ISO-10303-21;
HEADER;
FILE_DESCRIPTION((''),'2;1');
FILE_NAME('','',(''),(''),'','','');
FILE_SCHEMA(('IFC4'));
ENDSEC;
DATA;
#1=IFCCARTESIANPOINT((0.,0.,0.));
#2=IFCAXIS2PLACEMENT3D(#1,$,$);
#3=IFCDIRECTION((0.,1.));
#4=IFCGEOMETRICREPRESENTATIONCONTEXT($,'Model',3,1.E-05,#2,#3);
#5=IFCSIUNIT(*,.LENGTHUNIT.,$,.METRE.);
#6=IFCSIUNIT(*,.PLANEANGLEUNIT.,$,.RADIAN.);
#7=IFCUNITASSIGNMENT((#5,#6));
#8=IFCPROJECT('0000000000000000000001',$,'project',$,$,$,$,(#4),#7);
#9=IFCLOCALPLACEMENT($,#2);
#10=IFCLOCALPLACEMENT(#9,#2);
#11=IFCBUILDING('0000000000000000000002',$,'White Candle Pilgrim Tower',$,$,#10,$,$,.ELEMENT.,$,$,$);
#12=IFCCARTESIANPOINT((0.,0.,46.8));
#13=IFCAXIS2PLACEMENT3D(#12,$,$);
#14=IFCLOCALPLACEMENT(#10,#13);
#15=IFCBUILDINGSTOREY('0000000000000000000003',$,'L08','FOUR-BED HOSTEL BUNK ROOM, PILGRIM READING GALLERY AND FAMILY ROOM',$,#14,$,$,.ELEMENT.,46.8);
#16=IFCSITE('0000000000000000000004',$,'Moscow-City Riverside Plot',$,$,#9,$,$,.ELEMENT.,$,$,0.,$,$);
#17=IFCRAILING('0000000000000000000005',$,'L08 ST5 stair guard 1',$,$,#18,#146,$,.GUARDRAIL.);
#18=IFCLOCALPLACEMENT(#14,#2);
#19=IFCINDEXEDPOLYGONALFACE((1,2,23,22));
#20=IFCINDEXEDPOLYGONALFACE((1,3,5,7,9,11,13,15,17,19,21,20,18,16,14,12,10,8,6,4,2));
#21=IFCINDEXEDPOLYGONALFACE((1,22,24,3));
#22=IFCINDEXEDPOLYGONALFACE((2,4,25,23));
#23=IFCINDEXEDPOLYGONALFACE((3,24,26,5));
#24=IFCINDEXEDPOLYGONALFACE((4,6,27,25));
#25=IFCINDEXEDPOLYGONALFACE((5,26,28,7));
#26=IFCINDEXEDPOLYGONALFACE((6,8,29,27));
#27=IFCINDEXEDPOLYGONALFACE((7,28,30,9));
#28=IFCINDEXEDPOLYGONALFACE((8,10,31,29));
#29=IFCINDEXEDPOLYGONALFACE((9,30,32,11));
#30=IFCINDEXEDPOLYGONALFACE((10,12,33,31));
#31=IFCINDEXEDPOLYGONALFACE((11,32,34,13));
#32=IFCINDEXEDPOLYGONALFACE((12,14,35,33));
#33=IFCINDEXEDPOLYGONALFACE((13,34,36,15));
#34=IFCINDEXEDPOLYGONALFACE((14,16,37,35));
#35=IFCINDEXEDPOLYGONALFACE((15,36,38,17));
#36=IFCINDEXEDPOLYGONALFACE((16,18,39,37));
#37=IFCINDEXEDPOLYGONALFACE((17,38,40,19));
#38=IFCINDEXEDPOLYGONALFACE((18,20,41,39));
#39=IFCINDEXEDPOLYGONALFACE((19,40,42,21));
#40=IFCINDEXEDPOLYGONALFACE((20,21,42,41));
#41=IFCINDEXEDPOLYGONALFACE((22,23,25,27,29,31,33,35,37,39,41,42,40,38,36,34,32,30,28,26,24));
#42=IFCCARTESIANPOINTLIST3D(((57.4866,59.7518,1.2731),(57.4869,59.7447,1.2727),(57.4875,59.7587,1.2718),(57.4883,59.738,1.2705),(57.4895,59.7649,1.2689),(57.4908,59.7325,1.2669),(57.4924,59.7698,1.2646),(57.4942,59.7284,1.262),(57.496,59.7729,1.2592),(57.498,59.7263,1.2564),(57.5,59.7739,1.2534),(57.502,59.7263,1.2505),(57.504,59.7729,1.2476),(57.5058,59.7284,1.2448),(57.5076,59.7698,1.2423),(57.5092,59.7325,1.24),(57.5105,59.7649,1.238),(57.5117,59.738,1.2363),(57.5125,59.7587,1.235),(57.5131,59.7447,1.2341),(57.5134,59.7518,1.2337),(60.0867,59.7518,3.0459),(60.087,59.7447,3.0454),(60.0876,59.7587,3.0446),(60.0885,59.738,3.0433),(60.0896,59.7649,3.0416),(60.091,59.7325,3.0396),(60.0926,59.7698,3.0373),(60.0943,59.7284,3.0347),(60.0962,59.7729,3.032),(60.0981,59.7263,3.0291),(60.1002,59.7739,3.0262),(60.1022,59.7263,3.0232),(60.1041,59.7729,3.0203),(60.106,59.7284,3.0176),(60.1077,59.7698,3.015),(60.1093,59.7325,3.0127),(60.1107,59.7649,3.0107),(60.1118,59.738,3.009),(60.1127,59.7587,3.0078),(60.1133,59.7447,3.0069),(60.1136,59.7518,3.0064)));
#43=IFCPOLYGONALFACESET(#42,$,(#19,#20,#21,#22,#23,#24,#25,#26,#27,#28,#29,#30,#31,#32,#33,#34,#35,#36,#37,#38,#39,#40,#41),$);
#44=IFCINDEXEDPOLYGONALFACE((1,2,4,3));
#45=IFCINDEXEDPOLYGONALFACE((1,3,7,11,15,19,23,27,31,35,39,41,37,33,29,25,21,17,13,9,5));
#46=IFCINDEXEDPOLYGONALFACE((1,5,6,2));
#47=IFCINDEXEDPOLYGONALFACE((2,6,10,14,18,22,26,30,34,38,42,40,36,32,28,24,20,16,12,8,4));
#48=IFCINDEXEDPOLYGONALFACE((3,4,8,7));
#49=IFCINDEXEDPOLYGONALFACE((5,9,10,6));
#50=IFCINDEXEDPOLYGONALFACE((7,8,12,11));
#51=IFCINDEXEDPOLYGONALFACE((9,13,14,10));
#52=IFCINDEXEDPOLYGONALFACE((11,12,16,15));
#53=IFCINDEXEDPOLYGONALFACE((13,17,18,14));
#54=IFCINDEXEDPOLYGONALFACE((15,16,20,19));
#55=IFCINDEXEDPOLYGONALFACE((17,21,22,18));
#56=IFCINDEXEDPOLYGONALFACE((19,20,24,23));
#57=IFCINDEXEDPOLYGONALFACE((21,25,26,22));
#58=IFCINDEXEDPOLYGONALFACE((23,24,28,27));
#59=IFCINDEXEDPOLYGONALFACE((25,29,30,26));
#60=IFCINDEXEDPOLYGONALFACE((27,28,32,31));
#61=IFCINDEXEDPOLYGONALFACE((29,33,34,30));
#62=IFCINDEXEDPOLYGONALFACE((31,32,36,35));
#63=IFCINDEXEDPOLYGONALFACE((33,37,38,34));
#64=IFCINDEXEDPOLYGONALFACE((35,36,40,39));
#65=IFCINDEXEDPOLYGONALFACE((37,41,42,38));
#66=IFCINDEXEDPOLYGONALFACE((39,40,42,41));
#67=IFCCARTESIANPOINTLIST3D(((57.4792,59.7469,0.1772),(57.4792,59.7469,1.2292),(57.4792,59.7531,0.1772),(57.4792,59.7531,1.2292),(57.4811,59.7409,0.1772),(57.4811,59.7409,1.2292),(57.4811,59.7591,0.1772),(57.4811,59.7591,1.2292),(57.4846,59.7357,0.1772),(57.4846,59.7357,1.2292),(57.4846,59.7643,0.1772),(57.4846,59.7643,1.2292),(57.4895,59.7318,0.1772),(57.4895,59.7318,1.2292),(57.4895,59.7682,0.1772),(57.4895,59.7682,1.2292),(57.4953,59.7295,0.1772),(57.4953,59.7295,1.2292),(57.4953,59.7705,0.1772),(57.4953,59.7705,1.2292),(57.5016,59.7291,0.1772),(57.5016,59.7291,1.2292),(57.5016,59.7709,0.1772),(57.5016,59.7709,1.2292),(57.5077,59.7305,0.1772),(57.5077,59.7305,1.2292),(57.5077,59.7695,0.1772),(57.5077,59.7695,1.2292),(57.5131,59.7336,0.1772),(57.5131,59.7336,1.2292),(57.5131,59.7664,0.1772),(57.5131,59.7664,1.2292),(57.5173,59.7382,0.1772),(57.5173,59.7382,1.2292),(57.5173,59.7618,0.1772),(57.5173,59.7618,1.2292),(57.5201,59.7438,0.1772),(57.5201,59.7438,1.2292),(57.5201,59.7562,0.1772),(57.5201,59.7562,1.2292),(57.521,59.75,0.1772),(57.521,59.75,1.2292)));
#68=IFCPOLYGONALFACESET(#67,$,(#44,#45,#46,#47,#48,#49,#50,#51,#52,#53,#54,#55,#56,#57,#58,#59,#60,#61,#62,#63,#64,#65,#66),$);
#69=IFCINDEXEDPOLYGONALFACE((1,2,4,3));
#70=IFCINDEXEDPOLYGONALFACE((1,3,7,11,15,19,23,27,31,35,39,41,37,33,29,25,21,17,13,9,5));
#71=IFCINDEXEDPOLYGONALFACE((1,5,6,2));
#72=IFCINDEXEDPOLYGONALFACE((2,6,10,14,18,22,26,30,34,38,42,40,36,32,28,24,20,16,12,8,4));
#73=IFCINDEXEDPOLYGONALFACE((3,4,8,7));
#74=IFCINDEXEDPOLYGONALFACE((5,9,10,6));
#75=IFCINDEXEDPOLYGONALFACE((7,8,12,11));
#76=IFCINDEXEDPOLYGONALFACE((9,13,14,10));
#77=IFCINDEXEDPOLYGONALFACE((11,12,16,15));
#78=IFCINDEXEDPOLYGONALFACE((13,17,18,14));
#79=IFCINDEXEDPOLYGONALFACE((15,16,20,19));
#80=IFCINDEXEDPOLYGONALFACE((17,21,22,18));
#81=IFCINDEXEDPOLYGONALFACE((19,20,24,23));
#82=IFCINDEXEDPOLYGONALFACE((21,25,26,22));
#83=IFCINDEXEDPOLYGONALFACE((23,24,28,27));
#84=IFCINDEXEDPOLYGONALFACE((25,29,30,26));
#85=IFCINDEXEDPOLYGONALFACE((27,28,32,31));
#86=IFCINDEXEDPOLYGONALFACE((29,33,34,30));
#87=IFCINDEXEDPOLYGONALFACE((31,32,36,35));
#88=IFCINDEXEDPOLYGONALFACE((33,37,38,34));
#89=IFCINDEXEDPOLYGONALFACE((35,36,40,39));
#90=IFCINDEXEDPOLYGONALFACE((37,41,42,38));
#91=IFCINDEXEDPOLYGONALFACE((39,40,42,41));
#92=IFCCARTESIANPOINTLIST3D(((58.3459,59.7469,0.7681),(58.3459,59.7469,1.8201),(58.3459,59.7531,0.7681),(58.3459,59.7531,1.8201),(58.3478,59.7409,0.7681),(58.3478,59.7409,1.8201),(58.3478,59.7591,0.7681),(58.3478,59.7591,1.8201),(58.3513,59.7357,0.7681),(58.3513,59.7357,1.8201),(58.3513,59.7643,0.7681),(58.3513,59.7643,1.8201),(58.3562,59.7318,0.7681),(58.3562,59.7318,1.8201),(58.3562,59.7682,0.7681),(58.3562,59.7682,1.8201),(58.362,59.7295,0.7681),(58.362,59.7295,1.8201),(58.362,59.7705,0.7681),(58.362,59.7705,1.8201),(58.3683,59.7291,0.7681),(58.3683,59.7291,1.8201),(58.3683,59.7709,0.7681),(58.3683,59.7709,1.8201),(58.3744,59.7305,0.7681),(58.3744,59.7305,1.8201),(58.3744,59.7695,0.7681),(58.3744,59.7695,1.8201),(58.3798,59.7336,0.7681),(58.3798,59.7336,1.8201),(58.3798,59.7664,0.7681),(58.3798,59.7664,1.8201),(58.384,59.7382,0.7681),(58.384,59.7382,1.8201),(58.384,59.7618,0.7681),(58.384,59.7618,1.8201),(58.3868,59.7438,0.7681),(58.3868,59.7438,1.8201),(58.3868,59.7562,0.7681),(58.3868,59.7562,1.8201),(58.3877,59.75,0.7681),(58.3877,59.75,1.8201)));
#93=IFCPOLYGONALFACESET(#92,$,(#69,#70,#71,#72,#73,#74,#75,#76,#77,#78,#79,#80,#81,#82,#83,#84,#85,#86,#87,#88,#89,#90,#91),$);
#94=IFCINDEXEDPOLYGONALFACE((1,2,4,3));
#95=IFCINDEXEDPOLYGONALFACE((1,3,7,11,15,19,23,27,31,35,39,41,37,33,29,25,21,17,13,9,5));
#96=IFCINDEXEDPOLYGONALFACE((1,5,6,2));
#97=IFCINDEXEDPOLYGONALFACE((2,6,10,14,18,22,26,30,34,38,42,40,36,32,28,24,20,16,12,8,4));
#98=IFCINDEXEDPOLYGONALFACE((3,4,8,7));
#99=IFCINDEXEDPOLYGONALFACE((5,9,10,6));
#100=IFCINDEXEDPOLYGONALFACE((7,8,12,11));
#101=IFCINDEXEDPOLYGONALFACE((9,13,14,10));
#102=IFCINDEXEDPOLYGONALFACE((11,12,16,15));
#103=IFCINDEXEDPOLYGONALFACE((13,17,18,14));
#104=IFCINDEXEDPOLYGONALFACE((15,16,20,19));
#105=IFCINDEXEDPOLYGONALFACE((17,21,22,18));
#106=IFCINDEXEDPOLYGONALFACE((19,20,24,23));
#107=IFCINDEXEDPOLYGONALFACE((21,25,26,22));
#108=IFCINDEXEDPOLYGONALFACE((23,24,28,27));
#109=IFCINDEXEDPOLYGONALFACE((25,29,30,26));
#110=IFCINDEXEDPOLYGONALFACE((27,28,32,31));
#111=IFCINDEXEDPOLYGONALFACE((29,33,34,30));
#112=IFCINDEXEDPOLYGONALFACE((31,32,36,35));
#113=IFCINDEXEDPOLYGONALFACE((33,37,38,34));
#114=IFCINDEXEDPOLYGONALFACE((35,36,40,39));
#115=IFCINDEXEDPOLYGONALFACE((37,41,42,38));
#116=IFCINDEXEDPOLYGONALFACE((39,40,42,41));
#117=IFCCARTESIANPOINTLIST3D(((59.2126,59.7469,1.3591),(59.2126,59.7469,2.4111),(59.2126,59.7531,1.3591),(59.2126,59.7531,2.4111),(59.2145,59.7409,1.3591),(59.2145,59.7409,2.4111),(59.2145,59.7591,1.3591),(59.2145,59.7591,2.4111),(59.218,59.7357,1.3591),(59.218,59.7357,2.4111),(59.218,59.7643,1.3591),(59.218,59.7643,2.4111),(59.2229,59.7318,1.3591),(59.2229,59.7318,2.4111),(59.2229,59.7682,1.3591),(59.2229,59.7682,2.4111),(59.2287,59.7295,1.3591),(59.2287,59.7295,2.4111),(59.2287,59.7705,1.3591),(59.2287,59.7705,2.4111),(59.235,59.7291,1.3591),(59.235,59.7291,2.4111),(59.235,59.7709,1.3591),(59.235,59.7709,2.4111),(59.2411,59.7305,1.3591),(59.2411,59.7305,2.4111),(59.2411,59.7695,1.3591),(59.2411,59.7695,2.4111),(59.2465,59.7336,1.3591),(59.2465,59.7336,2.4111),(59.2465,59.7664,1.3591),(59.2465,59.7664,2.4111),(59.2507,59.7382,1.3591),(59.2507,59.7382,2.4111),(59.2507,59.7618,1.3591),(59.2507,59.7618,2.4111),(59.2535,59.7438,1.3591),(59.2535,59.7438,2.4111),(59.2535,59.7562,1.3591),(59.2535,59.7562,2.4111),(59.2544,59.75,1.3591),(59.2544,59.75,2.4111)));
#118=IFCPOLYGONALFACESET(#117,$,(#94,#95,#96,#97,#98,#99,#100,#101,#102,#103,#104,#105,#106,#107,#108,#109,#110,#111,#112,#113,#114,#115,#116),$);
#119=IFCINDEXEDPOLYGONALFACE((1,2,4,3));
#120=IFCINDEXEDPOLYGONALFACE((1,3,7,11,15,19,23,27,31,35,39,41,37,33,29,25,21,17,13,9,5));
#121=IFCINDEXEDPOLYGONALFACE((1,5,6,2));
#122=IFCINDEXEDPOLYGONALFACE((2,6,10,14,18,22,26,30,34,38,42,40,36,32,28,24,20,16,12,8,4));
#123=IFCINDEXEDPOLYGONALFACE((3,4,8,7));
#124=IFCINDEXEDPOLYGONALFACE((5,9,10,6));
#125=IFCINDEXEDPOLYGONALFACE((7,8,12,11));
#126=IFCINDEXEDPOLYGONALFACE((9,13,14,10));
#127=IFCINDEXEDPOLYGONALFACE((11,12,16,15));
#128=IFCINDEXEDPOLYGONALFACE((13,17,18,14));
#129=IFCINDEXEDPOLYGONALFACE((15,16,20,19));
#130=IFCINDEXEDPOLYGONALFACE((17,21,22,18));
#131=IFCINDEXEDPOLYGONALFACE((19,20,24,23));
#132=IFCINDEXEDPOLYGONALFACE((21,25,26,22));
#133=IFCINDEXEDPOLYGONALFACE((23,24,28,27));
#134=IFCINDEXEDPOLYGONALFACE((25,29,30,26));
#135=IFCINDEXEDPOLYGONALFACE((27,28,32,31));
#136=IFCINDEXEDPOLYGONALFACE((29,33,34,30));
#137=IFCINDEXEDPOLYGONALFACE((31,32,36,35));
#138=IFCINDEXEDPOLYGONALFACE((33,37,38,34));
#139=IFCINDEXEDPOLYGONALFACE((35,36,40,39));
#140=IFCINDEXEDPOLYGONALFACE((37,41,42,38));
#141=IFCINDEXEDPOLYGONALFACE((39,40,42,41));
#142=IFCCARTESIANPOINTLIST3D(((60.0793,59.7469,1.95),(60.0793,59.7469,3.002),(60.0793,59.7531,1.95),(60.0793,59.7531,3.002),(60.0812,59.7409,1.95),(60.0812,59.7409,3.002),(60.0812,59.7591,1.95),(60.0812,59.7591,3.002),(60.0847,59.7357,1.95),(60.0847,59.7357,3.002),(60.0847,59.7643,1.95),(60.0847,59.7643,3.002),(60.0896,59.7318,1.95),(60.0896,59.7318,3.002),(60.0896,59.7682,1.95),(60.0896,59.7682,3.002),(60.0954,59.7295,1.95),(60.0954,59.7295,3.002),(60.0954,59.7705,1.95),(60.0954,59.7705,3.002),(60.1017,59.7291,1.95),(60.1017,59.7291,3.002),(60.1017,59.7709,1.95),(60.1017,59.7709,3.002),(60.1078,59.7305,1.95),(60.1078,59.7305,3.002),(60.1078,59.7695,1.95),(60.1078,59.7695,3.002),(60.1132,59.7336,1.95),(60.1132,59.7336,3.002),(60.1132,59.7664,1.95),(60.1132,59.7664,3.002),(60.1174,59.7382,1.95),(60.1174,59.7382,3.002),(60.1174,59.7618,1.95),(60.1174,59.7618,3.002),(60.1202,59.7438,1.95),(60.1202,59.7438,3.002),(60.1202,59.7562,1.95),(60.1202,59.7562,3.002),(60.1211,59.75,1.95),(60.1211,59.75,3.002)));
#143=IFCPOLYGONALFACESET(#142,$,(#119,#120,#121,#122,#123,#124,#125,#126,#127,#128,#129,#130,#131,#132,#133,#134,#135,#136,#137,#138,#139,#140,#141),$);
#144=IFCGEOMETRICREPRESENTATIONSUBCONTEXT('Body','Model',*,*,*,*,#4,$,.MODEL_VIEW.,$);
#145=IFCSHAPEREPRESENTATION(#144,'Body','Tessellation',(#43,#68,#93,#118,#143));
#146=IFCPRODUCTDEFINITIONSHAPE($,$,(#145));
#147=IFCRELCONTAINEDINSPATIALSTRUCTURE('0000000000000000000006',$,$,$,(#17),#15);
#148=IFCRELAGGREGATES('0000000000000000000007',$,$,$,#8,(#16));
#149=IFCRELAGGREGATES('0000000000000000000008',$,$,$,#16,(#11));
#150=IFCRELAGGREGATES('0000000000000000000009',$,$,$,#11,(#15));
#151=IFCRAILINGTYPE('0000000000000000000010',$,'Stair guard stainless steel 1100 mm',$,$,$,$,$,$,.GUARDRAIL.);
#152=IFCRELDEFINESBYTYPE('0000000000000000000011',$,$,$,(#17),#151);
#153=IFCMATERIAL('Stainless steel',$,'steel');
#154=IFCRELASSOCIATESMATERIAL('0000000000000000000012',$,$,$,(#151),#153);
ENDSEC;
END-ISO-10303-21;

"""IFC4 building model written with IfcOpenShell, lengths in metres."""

from ifc_helpers import new_model, si_unit, direction, frame, origin, origin_2d, place, context, subcontext, project, spatial, circle, extrude, material, type_object, element, save


model = new_model("IFC4")

# Units and contexts
model_context = context("Model", 3, precision=1e-05, world=origin(), true_north=direction((0.0, 1.0)))
body_context = subcontext(model_context, "Body", "Model", "MODEL_VIEW")
ifc_project = project(units=[si_unit("LENGTHUNIT", "METRE"), si_unit("PLANEANGLEUNIT", "RADIAN")], contexts=[model_context])

# Site, building, storey
site_placement = place(None, origin())
site = spatial("IfcSite", under=ifc_project, at=site_placement, Name="Moscow-City Riverside Plot", CompositionType="ELEMENT", RefElevation=0.0)
building_placement = place(site_placement, origin())
building = spatial("IfcBuilding", under=site, at=building_placement, Name="White Candle Pilgrim Tower", CompositionType="ELEMENT")
storey_placement = place(building_placement, frame((0.0, 0.0, 46.8)))
storey = spatial("IfcBuildingStorey", under=building, at=storey_placement, Name="L08", Description="FOUR-BED HOSTEL BUNK ROOM, PILGRIM READING GALLERY AND FAMILY ROOM", CompositionType="ELEMENT", Elevation=46.8)

# Railing
ifc_material_1 = material(Name="Stainless steel", Category="steel")
railing_type_1 = type_object("IfcRailingType", Name="Stair guard stainless steel 1100 mm", PredefinedType="GUARDRAIL", material=ifc_material_1)
railing_1_placement = place(storey_placement, frame((57.5, 59.75, 0.1772)))
element("IfcRailing", 1, at=railing_1_placement, inside=storey, type_object=railing_type_1, Name="L08 ST5 stair guard 1", PredefinedType="GUARDRAIL", context=body_context, shape_type="SweptSolid", body=[
    extrude(circle(Radius=0.0239, at=origin_2d()), frame((0.0, 0.0, 1.0762), z_axis=(0.82624, 0.0, 0.563318), x_axis=(0.0, 1.0, 0.0)), (0.0, 0.0, 1.0), 3.147),
    extrude(circle(Radius=0.021, at=origin_2d()), origin(), (0.0, 0.0, 1.0), 1.052),
    extrude(circle(Radius=0.021, at=origin_2d()), frame((0.8667, 0.0, 0.5908)), (0.0, 0.0, 1.0), 1.052),
    extrude(circle(Radius=0.021, at=origin_2d()), frame((1.7334, 0.0, 1.1819)), (0.0, 0.0, 1.0), 1.052),
    extrude(circle(Radius=0.021, at=origin_2d()), frame((2.6001, 0.0, 1.7727)), (0.0, 0.0, 1.0), 1.052),
])

save(model, "model.ifc")
